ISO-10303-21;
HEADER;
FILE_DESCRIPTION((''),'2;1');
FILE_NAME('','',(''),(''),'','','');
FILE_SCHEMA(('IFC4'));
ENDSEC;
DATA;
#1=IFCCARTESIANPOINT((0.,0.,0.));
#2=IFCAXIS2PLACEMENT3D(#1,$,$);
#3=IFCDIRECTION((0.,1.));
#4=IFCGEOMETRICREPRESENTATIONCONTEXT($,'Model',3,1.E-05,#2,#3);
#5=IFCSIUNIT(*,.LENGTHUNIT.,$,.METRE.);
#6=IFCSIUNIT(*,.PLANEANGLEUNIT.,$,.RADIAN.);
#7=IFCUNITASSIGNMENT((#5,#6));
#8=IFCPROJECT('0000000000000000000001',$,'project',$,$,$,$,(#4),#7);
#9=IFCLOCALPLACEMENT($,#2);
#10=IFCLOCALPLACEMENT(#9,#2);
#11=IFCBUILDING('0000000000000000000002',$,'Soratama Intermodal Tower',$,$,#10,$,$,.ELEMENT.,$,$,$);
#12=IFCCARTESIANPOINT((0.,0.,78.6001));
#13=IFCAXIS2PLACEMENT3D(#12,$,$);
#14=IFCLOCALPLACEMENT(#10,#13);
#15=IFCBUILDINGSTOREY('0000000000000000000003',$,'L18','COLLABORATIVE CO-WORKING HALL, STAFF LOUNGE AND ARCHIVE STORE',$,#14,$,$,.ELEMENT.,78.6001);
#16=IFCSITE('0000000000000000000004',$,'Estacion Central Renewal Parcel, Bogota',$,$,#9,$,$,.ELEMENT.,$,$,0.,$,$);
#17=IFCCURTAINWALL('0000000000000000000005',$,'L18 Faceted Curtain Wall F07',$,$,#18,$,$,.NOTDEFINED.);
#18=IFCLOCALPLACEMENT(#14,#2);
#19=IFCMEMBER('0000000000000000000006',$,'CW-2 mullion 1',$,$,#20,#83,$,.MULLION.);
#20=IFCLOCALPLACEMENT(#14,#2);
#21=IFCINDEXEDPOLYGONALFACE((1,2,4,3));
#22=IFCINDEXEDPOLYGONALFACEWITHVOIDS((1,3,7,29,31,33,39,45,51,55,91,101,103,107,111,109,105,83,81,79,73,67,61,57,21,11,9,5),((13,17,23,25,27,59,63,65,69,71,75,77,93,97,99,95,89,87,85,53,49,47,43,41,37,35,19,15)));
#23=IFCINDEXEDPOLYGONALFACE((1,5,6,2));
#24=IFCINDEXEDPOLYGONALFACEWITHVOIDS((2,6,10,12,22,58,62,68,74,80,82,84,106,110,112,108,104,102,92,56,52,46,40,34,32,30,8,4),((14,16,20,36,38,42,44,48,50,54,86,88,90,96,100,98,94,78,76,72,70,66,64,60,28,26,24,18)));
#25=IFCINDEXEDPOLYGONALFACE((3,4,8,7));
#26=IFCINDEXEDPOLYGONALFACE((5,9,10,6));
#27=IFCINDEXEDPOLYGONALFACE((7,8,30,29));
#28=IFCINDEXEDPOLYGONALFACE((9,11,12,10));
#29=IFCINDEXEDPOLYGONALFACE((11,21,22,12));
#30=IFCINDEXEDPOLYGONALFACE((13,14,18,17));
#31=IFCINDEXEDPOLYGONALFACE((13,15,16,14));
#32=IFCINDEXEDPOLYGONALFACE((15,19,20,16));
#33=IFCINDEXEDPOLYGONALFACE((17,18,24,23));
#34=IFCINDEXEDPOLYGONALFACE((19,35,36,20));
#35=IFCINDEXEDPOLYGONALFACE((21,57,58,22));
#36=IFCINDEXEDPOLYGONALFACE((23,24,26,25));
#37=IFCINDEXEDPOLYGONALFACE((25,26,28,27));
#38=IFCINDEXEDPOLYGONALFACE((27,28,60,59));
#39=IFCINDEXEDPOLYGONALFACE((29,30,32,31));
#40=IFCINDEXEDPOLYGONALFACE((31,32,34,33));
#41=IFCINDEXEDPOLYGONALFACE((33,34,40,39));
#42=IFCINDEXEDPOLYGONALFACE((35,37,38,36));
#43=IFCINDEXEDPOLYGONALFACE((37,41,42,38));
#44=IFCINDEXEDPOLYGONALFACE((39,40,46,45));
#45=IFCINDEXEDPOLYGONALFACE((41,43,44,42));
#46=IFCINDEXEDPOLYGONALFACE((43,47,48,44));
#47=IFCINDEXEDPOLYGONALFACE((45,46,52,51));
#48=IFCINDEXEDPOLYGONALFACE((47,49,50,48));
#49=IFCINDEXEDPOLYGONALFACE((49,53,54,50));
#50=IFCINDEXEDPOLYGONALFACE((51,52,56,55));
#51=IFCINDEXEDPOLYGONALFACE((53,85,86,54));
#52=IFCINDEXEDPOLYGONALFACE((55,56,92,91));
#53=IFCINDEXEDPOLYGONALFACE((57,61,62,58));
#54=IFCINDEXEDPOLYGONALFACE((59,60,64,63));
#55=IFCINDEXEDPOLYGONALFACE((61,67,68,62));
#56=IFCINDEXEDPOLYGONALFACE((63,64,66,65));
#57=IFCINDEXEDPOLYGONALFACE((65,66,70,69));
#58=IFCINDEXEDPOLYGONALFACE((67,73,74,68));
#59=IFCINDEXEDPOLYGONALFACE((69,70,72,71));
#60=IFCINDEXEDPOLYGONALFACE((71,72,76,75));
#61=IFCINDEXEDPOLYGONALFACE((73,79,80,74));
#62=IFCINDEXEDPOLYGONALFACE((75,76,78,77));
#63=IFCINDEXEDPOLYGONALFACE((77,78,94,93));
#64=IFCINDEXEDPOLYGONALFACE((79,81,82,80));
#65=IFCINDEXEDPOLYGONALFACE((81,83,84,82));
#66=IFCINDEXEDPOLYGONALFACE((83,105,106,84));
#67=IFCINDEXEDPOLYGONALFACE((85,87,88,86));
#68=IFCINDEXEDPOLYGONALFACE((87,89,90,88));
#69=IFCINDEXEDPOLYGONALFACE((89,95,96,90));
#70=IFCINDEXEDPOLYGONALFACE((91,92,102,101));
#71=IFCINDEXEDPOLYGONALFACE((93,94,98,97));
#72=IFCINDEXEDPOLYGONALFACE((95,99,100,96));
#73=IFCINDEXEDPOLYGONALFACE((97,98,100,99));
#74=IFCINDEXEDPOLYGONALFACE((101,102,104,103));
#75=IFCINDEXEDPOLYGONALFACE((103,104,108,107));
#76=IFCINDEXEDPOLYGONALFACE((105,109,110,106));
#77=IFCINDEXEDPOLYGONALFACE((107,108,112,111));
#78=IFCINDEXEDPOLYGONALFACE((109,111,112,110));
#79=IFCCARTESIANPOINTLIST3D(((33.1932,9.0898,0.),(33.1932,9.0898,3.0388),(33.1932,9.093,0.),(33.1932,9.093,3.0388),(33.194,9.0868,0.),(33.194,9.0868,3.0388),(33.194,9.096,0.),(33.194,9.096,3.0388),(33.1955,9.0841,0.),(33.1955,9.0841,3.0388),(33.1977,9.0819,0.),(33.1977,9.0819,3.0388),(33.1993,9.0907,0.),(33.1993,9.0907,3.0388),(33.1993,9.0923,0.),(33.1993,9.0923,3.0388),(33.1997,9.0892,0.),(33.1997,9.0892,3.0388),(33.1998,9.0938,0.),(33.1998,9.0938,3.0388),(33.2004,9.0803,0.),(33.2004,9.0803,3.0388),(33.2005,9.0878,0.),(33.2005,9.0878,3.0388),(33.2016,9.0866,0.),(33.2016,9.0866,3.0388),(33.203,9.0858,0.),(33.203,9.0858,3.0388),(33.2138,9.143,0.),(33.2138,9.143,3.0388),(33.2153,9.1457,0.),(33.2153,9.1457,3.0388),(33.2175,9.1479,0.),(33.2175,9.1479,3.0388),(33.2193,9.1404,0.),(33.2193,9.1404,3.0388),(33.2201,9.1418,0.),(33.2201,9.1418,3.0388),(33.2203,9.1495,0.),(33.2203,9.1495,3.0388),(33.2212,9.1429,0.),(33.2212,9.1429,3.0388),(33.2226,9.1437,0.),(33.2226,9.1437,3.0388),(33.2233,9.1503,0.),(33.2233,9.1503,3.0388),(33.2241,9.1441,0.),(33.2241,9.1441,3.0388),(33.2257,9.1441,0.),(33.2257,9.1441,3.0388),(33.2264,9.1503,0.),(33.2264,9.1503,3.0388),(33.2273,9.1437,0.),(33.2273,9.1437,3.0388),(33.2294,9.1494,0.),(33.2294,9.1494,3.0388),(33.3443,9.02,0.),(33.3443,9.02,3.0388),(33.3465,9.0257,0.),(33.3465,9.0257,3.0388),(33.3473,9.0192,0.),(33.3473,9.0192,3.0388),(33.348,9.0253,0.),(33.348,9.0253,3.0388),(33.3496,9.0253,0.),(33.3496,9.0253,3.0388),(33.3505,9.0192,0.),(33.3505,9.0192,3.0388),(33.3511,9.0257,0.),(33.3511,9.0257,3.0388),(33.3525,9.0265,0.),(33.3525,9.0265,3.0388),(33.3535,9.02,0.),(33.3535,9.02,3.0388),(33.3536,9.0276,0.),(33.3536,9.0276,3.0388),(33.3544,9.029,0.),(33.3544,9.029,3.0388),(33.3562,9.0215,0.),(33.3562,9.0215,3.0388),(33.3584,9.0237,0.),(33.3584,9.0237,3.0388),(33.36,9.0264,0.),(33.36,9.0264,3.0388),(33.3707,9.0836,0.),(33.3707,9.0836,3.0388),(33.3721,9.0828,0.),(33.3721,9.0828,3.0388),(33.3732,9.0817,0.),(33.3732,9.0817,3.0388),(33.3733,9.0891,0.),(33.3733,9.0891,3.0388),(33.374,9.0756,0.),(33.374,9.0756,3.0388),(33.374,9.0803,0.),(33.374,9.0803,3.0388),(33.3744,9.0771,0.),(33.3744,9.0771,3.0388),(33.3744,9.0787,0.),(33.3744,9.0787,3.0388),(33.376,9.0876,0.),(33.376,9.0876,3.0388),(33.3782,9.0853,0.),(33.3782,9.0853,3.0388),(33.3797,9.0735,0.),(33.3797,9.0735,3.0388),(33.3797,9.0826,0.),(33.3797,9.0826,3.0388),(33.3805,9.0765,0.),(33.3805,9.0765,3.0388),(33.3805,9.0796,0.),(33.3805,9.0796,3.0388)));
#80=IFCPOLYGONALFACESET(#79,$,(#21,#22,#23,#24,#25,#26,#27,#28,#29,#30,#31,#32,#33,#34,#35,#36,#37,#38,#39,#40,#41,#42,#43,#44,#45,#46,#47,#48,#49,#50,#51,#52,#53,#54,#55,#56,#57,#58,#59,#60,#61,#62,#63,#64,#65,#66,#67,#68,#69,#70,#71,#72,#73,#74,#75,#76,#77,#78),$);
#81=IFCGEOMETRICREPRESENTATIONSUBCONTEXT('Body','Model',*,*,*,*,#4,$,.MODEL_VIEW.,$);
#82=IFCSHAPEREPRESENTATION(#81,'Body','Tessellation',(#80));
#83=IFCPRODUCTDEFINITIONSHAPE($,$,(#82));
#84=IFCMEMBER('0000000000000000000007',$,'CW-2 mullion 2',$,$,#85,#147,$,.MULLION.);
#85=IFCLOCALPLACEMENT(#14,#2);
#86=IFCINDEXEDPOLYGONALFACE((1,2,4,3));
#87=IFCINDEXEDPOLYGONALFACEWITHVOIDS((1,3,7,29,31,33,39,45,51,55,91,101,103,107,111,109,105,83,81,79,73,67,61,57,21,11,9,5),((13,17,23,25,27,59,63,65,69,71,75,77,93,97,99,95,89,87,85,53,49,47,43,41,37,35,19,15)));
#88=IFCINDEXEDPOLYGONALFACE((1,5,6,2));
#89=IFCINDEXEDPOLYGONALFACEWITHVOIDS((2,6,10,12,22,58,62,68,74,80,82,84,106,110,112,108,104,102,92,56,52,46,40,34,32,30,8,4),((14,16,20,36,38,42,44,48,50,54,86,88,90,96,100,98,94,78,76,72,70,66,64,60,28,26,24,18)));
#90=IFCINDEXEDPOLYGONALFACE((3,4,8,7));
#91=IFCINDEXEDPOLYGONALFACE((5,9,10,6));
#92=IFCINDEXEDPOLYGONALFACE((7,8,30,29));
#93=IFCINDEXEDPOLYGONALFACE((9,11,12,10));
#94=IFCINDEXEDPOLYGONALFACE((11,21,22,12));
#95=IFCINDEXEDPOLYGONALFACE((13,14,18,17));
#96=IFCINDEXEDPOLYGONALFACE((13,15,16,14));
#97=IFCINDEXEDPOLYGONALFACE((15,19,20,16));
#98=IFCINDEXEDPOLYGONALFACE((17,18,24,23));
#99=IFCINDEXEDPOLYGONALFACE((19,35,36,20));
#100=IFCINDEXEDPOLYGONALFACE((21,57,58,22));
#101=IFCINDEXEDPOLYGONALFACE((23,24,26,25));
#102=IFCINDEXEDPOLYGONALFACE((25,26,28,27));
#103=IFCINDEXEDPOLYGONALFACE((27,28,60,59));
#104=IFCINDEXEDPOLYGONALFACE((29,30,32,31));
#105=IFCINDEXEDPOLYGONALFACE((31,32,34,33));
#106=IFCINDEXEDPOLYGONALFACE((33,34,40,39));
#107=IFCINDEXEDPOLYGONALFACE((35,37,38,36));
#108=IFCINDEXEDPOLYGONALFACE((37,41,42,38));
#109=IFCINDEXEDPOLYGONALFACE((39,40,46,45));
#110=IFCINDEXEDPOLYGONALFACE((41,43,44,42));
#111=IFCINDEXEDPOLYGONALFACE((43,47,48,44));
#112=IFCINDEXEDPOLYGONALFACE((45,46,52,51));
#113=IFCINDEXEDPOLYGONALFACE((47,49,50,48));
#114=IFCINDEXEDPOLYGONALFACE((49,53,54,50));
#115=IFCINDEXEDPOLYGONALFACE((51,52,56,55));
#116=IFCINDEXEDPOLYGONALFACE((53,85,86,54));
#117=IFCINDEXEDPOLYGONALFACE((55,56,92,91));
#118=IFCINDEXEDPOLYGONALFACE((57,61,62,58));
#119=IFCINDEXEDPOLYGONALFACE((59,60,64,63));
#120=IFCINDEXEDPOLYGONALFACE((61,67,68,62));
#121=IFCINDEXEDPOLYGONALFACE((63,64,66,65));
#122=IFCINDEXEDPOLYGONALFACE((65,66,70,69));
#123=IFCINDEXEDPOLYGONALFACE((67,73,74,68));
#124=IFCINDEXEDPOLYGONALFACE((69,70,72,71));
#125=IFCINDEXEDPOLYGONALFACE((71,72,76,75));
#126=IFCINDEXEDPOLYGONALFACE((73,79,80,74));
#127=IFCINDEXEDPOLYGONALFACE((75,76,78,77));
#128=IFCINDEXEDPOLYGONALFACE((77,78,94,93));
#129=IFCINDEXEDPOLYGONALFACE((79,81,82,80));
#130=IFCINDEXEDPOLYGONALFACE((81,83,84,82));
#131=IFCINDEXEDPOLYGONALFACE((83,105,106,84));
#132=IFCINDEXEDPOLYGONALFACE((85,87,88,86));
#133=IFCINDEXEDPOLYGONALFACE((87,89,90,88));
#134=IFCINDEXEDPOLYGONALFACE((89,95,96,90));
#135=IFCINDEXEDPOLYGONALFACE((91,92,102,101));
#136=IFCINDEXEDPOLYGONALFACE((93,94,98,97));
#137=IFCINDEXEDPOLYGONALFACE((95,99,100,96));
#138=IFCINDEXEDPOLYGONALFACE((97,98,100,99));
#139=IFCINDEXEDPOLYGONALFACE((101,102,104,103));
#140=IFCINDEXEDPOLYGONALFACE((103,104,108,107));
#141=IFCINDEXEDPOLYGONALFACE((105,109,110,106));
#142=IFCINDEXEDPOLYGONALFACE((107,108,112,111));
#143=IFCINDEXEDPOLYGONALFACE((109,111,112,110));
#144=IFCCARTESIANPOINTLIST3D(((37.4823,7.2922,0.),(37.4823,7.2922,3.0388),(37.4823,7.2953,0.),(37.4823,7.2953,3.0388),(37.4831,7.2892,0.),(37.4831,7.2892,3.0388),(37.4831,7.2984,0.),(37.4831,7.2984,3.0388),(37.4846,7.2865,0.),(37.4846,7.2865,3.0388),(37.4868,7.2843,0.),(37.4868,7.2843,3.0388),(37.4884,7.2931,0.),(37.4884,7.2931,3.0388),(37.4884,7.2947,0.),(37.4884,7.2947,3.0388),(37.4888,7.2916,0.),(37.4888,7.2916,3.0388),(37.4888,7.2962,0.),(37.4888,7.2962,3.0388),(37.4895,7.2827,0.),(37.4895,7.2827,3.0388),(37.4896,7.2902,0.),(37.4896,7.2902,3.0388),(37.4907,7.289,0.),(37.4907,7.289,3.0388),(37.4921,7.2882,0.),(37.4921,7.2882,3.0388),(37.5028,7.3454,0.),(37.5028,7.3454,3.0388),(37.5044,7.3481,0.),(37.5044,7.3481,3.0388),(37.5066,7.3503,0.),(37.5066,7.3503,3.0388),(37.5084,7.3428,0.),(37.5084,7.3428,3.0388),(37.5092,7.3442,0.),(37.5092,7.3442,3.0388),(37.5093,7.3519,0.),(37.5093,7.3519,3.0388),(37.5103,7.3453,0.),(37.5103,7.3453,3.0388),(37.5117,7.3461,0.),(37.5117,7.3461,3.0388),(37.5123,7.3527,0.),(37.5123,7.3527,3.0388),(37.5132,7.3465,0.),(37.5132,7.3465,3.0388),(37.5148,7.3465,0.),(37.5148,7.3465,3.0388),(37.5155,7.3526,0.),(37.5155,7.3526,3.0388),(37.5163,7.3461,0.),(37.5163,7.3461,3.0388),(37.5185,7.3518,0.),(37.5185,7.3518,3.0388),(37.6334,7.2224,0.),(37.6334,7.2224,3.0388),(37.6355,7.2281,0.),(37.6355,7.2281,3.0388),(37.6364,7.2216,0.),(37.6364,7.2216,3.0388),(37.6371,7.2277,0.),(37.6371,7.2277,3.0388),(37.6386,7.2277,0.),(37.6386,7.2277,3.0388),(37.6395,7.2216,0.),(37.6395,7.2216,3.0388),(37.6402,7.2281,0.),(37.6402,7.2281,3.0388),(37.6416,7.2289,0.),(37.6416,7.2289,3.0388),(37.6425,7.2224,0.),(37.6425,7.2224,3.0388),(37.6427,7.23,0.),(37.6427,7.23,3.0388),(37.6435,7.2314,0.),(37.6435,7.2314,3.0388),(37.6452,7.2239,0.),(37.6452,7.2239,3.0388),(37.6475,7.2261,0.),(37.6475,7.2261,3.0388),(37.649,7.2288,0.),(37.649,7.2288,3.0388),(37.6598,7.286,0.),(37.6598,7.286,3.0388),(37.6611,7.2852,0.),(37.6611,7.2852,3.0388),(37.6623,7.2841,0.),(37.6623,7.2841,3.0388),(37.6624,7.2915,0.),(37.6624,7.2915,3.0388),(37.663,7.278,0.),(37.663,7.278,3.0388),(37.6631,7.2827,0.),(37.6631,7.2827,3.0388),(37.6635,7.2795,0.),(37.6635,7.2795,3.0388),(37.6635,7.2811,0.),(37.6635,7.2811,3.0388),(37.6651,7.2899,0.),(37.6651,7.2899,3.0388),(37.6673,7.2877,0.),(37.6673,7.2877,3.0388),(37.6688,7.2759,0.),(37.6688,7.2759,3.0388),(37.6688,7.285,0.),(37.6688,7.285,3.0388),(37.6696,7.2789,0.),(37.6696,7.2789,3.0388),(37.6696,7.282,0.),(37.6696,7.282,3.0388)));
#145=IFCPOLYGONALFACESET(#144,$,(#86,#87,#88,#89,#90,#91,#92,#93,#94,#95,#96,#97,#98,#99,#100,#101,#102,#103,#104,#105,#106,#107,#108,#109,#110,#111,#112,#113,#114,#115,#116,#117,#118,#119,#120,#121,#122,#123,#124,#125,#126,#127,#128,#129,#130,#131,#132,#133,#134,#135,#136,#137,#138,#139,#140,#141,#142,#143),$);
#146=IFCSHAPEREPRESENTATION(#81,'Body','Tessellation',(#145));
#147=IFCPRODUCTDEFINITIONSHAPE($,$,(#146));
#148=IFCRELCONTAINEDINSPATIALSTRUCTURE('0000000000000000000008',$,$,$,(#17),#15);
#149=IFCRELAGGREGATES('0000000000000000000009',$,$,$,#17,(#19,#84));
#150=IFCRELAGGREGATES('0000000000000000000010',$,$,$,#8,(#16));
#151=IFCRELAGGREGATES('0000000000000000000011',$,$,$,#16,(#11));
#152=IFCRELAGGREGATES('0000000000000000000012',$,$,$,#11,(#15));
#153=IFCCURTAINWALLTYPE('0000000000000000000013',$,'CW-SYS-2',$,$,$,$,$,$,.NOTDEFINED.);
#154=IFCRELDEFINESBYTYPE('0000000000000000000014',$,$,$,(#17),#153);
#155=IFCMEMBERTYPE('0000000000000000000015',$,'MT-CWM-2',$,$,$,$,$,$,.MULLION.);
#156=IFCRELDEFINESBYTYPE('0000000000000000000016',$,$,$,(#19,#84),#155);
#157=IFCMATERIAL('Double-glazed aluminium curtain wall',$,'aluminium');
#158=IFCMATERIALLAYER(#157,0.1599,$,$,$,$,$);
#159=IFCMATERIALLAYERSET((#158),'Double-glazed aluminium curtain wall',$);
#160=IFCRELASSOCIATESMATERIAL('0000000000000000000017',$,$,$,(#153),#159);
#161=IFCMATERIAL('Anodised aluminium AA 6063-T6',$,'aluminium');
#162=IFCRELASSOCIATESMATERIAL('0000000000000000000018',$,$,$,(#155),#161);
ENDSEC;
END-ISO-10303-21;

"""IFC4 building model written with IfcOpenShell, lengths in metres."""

from ifc_helpers import new_model, si_unit, direction, frame, origin, origin_2d, place, context, subcontext, project, spatial, hollow_rectangle, extrude, material, layer, layer_set, material_profile, profile_set, type_object, element, aggregate, save


model = new_model("IFC4")

# Units and contexts
model_context = context("Model", 3, precision=1e-05, world=origin(), true_north=direction((0.0, 1.0)))
body_context = subcontext(model_context, "Body", "Model", "MODEL_VIEW")
ifc_project = project(units=[si_unit("LENGTHUNIT", "METRE"), si_unit("PLANEANGLEUNIT", "RADIAN")], contexts=[model_context])

# Site, building, storey
site_placement = place(None, origin())
site = spatial("IfcSite", under=ifc_project, at=site_placement, Name="Estacion Central Renewal Parcel, Bogota", CompositionType="ELEMENT", RefElevation=0.0)
building_placement = place(site_placement, origin())
building = spatial("IfcBuilding", under=site, at=building_placement, Name="Soratama Intermodal Tower", CompositionType="ELEMENT")
storey_placement = place(building_placement, frame((0.0, 0.0, 78.6001)))
storey = spatial("IfcBuildingStorey", under=building, at=storey_placement, Name="L18", Description="COLLABORATIVE CO-WORKING HALL, STAFF LOUNGE AND ARCHIVE STORE", CompositionType="ELEMENT", Elevation=78.6001)

# Curtain wall, members
ifc_material_1 = material(Name="Double-glazed aluminium curtain wall", Category="aluminium")
ifc_layer_1 = layer(ifc_material_1, 0.1599)
ifc_layer_set_1 = layer_set([ifc_layer_1], Name="Double-glazed aluminium curtain wall")
curtain_wall_type = type_object("IfcCurtainWallType", Name="CW-SYS-2", PredefinedType="NOTDEFINED", material=ifc_layer_set_1)
curtain_wall_placement = place(storey_placement, origin())
curtain_wall = element("IfcCurtainWall", 1, at=curtain_wall_placement, inside=storey, type_object=curtain_wall_type, Name="L18 Faceted Curtain Wall F07", PredefinedType="NOTDEFINED")
ifc_material_2 = material(Name="Anodised aluminium AA 6063-T6", Category="aluminium")
ifc_material_profile_1 = material_profile(ifc_material_2, hollow_rectangle(XDim=0.075, YDim=0.1799, WallThickness=0.0061, InnerFilletRadius=0.0061, OuterFilletRadius=0.012, at=origin_2d()), Name="CWM180X75X6")
ifc_profile_set_1 = profile_set([ifc_material_profile_1], Name="Anodised aluminium AA 6063-T6")
member_type_1 = type_object("IfcMemberType", Name="MT-CWM-2", PredefinedType="MULLION", material=ifc_profile_set_1)
member_1_placement = place(storey_placement, frame((33.2869, 9.0847, 0.0), z_axis=(0.0, 0.0, 1.0), x_axis=(0.386552, 0.922268, 0.0)))
member_1 = element("IfcMember", 2, at=member_1_placement, type_object=member_type_1, Name="CW-2 mullion 1", PredefinedType="MULLION", context=body_context, shape_type="SweptSolid", body=[
    extrude(hollow_rectangle(XDim=0.075, YDim=0.1799, WallThickness=0.0061, InnerFilletRadius=0.0061, OuterFilletRadius=0.012, at=origin_2d()), origin(), (0.0, 0.0, 1.0), 3.0388),
])
member_2_placement = place(storey_placement, frame((37.5759, 7.2871, 0.0), z_axis=(0.0, 0.0, 1.0), x_axis=(0.386552, 0.922268, 0.0)))
member_2 = element("IfcMember", 3, at=member_2_placement, type_object=member_type_1, Name="CW-2 mullion 2", PredefinedType="MULLION", context=body_context, shape_type="SweptSolid", body=[
    extrude(hollow_rectangle(XDim=0.075, YDim=0.1799, WallThickness=0.0061, InnerFilletRadius=0.0061, OuterFilletRadius=0.012, at=origin_2d()), origin(), (0.0, 0.0, 1.0), 3.0388),
])
aggregate(curtain_wall, [member_1, member_2])

save(model, "model.ifc")
